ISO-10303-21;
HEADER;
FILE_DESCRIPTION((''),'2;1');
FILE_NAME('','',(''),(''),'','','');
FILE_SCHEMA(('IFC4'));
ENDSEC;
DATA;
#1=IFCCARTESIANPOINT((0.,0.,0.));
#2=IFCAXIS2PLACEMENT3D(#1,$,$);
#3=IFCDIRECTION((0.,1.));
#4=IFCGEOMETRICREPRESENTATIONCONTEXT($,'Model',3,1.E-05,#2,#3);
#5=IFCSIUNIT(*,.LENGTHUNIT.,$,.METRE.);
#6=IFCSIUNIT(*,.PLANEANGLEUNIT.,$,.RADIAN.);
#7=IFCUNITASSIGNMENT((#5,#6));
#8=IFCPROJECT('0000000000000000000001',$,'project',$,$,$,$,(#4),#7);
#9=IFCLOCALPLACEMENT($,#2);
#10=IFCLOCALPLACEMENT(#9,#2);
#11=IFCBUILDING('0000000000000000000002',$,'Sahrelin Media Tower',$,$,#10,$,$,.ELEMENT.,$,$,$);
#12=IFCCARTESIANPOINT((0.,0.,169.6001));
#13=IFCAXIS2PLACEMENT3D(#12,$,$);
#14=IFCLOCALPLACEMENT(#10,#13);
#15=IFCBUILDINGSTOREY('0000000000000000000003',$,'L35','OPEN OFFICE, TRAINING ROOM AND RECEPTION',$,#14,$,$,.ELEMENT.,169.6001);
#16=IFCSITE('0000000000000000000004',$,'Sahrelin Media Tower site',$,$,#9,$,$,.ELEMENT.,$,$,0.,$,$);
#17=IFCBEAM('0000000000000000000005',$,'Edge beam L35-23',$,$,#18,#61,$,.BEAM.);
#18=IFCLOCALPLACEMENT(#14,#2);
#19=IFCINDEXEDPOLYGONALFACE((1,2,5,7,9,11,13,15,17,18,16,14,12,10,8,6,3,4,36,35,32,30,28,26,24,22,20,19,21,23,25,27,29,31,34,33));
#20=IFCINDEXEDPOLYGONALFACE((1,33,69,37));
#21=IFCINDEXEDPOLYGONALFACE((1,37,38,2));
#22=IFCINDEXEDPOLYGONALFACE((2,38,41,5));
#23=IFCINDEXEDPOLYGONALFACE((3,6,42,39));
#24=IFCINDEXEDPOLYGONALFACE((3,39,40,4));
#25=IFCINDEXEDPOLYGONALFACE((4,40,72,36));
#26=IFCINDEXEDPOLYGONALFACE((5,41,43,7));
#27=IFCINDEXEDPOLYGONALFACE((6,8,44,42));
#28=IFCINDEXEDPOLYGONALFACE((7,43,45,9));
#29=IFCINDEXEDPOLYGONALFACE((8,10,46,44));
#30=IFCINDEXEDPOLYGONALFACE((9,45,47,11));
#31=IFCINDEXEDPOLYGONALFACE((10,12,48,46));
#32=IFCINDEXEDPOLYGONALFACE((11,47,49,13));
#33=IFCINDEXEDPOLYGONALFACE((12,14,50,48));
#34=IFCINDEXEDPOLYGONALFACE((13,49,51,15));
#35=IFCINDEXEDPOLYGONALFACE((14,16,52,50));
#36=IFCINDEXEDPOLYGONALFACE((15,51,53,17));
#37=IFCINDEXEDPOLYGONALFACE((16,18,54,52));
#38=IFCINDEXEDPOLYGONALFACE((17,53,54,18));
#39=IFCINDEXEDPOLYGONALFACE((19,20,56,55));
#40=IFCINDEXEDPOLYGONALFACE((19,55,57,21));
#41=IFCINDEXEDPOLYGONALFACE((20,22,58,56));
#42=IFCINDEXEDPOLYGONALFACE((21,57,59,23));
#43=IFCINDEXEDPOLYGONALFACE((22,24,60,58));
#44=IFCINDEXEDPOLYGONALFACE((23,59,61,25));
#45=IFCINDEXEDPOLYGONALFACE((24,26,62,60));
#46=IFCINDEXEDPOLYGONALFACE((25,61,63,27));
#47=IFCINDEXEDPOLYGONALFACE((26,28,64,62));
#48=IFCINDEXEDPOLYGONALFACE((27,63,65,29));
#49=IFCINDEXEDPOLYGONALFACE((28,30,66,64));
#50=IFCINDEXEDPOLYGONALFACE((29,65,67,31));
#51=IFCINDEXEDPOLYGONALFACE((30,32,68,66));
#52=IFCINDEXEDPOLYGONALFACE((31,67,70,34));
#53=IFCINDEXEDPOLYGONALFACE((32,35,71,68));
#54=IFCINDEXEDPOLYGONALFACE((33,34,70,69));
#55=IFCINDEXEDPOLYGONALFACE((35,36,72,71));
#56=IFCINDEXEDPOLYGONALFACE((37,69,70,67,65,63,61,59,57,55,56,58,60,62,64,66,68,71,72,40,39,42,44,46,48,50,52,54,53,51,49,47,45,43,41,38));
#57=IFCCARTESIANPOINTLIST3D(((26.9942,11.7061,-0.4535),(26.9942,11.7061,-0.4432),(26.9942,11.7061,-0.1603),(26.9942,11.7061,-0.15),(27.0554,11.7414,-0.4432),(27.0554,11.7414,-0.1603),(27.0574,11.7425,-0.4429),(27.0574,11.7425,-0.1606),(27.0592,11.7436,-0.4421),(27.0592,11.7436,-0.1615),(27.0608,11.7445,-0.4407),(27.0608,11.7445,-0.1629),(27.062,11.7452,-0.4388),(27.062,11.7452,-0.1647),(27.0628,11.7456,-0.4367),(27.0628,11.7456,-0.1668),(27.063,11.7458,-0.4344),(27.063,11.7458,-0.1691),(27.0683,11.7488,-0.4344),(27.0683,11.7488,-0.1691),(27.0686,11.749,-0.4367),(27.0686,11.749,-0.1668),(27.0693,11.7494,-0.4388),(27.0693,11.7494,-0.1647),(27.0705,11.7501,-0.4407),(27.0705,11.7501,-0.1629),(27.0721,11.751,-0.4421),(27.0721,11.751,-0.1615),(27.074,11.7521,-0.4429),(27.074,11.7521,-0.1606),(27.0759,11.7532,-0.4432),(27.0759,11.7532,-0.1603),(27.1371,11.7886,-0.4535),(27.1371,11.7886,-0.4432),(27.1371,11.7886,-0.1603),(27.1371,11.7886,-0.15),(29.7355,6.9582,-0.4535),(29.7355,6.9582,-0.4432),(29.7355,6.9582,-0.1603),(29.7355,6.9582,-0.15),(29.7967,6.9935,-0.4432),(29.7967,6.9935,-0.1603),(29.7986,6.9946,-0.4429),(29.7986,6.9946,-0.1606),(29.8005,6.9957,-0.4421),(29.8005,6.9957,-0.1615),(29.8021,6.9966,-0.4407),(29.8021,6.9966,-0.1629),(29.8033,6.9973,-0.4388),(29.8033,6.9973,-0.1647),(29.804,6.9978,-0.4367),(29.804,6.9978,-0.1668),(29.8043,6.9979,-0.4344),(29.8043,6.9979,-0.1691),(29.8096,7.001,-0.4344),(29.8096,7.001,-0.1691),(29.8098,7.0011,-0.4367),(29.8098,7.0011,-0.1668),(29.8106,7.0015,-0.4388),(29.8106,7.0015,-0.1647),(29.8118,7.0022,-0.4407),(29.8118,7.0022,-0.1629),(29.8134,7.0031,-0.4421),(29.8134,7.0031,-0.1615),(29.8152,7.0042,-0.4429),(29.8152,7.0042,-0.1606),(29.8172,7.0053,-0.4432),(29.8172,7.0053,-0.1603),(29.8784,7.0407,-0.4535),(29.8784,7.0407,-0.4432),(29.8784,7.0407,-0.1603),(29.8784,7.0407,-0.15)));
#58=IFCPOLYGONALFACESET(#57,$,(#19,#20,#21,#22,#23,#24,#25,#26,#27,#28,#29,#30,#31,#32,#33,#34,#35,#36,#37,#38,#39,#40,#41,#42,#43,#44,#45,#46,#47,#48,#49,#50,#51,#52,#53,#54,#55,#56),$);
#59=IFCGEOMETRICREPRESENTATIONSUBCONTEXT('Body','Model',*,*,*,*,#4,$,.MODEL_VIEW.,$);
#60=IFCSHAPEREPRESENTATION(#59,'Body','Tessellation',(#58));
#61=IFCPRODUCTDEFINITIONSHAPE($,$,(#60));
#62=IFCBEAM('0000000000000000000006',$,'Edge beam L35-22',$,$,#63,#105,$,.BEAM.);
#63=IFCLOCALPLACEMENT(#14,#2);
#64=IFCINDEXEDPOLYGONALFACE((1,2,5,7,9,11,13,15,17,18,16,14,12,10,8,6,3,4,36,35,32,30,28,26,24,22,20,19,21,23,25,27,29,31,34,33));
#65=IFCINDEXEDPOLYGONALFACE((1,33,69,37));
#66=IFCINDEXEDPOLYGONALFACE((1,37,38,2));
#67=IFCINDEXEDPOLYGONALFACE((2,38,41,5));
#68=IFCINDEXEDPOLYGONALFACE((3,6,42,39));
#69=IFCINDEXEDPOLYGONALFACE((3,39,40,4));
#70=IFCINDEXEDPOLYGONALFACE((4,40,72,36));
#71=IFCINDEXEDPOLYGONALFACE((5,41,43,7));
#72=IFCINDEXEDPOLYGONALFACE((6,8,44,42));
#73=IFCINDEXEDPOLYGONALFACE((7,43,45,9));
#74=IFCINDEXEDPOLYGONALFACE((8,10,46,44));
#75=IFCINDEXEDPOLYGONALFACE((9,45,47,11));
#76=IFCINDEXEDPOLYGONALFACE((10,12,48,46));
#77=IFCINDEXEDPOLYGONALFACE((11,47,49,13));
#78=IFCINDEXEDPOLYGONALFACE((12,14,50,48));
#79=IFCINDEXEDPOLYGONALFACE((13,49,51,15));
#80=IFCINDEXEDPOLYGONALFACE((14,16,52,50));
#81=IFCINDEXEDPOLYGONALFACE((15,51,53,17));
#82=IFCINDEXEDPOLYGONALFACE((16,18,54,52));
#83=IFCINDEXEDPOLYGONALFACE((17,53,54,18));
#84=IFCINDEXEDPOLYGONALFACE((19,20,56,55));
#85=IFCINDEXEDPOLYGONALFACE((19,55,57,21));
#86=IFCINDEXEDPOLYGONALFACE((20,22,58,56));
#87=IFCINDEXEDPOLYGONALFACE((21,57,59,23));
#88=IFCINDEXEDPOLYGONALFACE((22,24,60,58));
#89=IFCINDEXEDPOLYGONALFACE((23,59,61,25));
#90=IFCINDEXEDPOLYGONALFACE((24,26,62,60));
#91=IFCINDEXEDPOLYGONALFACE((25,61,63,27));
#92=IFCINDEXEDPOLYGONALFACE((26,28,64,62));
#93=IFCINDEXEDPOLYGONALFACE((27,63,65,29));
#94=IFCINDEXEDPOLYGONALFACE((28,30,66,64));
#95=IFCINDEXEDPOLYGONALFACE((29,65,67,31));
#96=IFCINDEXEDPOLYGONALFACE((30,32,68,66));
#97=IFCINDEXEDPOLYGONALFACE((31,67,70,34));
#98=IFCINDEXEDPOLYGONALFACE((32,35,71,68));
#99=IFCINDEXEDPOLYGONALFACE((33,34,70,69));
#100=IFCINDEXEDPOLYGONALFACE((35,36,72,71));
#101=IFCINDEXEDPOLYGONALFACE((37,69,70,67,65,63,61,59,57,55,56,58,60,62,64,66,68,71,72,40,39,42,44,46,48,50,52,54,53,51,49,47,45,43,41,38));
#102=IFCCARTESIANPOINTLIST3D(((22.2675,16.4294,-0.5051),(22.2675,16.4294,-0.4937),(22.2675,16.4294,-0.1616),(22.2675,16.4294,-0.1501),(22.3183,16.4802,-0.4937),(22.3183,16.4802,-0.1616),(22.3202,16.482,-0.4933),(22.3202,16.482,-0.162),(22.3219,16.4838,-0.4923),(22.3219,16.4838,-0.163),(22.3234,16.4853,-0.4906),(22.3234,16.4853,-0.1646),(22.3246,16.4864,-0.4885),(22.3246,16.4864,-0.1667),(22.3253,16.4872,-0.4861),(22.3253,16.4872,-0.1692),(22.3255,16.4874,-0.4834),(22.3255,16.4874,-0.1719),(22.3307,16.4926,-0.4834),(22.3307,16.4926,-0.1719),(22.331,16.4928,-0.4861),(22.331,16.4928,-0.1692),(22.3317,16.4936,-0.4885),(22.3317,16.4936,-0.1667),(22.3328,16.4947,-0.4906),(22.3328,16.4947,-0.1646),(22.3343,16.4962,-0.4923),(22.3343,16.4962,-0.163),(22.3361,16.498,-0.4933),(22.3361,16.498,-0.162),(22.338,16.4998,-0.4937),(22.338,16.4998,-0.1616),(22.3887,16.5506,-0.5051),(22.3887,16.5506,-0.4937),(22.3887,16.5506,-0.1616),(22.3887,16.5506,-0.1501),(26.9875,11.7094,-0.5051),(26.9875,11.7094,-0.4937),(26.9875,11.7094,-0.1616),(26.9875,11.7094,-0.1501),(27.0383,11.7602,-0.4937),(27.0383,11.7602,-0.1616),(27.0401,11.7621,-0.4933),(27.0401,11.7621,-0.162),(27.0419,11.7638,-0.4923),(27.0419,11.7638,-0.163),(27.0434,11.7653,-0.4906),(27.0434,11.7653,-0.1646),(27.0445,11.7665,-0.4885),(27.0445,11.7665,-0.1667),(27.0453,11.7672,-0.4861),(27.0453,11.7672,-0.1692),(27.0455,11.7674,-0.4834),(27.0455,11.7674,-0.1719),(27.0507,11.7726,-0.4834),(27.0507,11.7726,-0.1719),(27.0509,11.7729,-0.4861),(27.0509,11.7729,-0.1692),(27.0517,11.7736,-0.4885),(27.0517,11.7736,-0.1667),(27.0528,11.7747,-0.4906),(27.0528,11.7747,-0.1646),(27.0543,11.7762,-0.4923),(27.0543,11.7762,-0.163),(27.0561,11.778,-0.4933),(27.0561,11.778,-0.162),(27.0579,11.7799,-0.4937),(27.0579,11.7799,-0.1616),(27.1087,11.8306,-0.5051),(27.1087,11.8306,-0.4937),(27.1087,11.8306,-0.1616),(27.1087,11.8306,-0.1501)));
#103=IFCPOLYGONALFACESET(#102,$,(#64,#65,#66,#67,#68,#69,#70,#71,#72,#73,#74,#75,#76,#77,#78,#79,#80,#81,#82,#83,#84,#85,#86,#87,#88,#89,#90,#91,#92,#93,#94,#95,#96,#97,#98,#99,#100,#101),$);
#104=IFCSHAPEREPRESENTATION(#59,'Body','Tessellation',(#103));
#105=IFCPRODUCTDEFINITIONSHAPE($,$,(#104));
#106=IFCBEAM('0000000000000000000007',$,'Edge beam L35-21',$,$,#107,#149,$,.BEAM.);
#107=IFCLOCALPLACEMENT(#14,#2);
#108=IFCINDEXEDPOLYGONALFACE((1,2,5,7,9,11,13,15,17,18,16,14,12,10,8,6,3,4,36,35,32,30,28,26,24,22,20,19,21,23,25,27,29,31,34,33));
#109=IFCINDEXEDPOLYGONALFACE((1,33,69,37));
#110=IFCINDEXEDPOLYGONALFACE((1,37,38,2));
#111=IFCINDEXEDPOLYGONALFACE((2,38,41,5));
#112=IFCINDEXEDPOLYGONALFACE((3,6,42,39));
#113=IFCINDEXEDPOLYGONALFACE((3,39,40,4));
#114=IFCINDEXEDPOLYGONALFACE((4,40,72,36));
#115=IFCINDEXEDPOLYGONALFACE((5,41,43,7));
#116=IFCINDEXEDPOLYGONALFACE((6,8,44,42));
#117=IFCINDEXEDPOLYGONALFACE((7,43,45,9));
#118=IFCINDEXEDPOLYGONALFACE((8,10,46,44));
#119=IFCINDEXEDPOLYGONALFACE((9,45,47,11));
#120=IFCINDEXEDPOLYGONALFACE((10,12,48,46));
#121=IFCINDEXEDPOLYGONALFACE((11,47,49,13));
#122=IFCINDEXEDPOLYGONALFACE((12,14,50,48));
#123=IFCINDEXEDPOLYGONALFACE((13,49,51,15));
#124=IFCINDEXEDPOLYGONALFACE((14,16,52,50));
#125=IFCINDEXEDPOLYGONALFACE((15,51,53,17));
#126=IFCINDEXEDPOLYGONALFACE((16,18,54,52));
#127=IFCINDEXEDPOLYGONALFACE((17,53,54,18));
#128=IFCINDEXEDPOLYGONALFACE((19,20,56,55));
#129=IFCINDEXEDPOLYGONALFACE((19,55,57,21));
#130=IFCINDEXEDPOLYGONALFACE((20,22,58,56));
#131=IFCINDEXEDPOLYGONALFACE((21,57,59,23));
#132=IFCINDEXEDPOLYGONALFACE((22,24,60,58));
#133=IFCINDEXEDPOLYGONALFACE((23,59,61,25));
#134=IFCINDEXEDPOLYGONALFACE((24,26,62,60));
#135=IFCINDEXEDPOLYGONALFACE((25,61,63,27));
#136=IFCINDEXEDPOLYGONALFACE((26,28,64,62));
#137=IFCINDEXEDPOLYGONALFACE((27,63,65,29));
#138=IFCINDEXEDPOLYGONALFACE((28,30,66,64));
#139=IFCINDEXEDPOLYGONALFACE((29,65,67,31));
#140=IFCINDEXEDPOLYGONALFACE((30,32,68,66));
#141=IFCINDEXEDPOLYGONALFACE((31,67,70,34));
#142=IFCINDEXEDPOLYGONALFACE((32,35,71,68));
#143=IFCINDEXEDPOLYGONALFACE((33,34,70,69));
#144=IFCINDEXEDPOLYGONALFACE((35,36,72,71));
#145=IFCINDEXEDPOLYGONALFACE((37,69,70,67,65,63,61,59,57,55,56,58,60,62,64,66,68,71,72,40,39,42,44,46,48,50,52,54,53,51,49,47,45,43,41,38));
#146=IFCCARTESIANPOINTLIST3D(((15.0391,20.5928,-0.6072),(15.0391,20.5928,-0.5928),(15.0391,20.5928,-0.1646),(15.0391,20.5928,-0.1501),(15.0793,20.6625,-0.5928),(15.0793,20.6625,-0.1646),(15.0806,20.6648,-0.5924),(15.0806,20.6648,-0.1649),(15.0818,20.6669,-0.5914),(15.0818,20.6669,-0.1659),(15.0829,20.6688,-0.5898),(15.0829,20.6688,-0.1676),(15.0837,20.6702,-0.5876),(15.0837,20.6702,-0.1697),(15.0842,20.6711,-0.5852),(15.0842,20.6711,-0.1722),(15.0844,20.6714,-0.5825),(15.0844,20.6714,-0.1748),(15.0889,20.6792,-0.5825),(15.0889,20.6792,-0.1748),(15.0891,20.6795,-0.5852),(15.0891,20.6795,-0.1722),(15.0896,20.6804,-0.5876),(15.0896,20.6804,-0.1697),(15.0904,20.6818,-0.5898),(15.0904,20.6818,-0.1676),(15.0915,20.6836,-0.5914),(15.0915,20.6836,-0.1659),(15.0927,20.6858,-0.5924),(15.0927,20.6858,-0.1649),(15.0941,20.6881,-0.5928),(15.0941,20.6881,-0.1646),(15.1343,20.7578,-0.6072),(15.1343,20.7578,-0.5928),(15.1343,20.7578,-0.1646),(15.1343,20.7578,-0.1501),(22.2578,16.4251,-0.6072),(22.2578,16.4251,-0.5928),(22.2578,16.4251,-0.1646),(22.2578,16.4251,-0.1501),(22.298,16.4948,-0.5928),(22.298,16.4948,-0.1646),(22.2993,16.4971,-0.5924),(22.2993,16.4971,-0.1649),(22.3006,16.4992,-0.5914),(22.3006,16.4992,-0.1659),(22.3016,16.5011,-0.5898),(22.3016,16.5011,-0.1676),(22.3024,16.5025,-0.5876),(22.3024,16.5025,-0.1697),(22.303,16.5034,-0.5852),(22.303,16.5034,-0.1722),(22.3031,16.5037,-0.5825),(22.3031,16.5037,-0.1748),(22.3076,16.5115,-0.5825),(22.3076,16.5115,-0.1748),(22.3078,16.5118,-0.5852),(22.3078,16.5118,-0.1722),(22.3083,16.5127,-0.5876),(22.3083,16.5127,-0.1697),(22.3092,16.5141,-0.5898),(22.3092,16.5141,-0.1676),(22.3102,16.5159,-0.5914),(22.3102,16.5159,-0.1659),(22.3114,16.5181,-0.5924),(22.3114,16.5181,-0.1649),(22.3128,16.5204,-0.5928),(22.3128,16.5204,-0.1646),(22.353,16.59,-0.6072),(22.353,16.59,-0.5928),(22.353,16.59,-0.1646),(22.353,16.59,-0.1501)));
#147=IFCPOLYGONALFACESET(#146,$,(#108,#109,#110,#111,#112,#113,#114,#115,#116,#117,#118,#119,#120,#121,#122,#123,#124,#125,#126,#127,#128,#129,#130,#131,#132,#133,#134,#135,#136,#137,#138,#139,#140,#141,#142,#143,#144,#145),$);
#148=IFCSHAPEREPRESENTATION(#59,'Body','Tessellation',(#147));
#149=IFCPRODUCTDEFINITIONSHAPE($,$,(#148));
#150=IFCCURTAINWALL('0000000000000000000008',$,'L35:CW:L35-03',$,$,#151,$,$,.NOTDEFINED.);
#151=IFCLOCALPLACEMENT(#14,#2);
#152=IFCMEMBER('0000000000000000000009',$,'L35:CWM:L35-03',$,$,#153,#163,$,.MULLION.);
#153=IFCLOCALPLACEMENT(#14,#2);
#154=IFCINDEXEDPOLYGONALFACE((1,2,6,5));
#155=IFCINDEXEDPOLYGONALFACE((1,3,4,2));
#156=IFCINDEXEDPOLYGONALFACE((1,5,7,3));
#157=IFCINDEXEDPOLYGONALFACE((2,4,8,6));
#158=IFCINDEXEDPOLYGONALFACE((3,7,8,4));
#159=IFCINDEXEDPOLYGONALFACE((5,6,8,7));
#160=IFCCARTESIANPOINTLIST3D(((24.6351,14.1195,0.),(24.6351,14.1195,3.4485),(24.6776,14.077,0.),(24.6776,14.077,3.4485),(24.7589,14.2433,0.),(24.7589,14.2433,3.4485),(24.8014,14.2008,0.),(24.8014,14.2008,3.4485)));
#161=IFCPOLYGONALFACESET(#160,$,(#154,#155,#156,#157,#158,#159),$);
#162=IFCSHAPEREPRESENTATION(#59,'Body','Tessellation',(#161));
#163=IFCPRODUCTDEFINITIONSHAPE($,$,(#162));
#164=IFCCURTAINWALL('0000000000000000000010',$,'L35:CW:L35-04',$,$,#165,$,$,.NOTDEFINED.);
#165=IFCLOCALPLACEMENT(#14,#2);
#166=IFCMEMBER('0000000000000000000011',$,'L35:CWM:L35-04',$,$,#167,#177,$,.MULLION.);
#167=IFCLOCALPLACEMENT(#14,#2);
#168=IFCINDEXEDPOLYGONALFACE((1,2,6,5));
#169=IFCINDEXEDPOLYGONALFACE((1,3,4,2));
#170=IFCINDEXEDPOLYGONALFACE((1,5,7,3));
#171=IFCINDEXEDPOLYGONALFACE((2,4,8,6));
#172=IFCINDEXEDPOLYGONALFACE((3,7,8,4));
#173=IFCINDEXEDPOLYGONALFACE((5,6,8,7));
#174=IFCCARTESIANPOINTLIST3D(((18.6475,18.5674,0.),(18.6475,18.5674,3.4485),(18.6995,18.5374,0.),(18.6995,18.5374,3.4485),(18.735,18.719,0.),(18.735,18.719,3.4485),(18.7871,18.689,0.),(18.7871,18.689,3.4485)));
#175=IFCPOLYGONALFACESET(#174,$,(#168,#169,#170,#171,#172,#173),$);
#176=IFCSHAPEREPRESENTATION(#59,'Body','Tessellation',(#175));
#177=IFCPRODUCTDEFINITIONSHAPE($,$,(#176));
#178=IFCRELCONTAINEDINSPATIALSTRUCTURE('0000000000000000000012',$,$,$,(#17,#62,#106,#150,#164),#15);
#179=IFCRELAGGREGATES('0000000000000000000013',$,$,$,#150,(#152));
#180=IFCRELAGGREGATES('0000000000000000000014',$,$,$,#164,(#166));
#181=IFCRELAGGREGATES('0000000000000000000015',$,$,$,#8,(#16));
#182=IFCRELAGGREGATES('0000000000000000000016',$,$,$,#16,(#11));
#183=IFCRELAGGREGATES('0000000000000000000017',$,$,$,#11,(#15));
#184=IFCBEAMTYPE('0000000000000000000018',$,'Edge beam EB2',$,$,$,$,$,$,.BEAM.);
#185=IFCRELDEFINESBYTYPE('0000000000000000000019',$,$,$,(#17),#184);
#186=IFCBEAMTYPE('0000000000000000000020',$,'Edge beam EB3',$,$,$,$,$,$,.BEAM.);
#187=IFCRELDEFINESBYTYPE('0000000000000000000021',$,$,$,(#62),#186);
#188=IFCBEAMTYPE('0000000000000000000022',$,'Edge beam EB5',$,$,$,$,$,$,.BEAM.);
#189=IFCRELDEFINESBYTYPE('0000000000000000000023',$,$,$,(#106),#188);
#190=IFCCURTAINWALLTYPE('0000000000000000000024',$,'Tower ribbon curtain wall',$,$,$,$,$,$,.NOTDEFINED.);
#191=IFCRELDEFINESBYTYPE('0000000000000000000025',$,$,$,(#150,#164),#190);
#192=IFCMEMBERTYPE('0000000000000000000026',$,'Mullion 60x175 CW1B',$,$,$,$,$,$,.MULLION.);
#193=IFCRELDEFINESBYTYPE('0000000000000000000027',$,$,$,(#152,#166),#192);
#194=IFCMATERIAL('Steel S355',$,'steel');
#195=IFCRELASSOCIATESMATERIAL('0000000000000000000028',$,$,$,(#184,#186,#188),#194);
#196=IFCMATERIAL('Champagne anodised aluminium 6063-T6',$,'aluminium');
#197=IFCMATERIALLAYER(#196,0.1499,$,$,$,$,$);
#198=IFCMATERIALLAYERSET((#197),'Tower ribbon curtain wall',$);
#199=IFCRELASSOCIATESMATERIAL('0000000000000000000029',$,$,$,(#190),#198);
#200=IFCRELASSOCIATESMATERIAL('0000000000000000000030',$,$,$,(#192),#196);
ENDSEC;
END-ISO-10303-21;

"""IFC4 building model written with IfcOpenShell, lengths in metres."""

from ifc_helpers import new_model, si_unit, direction, frame, origin, origin_2d, place, context, subcontext, project, spatial, rectangle, i_section, extrude, material, layer, layer_set, material_profile, profile_set, type_object, element, aggregate, save


model = new_model("IFC4")

# Units and contexts
model_context = context("Model", 3, precision=1e-05, world=origin(), true_north=direction((0.0, 1.0)))
body_context = subcontext(model_context, "Body", "Model", "MODEL_VIEW")
ifc_project = project(units=[si_unit("LENGTHUNIT", "METRE"), si_unit("PLANEANGLEUNIT", "RADIAN")], contexts=[model_context])

# Site, building, storey
site_placement = place(None, origin())
site = spatial("IfcSite", under=ifc_project, at=site_placement, Name="Sahrelin Media Tower site", CompositionType="ELEMENT", RefElevation=0.0)
building_placement = place(site_placement, origin())
building = spatial("IfcBuilding", under=site, at=building_placement, Name="Sahrelin Media Tower", CompositionType="ELEMENT")
storey_placement = place(building_placement, frame((0.0, 0.0, 169.6001)))
storey = spatial("IfcBuildingStorey", under=building, at=storey_placement, Name="L35", Description="OPEN OFFICE, TRAINING ROOM AND RECEPTION", CompositionType="ELEMENT", Elevation=169.6001)

# Beams
ifc_material_1 = material(Name="Steel S355", Category="steel")
ifc_material_profile_1 = material_profile(ifc_material_1, i_section(OverallWidth=0.165, OverallDepth=0.3035, WebThickness=0.0061, FlangeThickness=0.0103, FilletRadius=0.0088, at=origin_2d()), Name="UB 305x165x40")
ifc_profile_set_1 = profile_set([ifc_material_profile_1], Name="Steel S355")
beam_type_1 = type_object("IfcBeamType", Name="Edge beam EB2", PredefinedType="BEAM", material=ifc_profile_set_1)
beam_1_placement = place(storey_placement, frame((27.0657, 11.7473, -0.3018), z_axis=(0.500009, -0.86602, 0.0), x_axis=(0.86602, 0.500009, 0.0)))
element("IfcBeam", 1, at=beam_1_placement, inside=storey, type_object=beam_type_1, Name="Edge beam L35-23", PredefinedType="BEAM", context=body_context, shape_type="SweptSolid", body=[
    extrude(i_section(OverallWidth=0.165, OverallDepth=0.3035, WebThickness=0.0061, FlangeThickness=0.0103, FilletRadius=0.0088, at=origin_2d()), origin(), (0.0, 0.0, 1.0), 5.4824),
])
ifc_material_profile_2 = material_profile(ifc_material_1, i_section(OverallWidth=0.1714, OverallDepth=0.355, WebThickness=0.0073, FlangeThickness=0.0115, FilletRadius=0.0103, at=origin_2d()), Name="UB 356x171x51")
ifc_profile_set_2 = profile_set([ifc_material_profile_2], Name="Steel S355")
beam_type_2 = type_object("IfcBeamType", Name="Edge beam EB3", PredefinedType="BEAM", material=ifc_profile_set_2)
beam_2_placement = place(storey_placement, frame((22.3281, 16.49, -0.3276), z_axis=(0.707107, -0.707107, 0.0), x_axis=(0.707107, 0.707107, 0.0)))
element("IfcBeam", 2, at=beam_2_placement, inside=storey, type_object=beam_type_2, Name="Edge beam L35-22", PredefinedType="BEAM", context=body_context, shape_type="SweptSolid", body=[
    extrude(i_section(OverallWidth=0.1714, OverallDepth=0.355, WebThickness=0.0073, FlangeThickness=0.0115, FilletRadius=0.0103, at=origin_2d()), origin(), (0.0, 0.0, 1.0), 6.675),
])
ifc_material_profile_3 = material_profile(ifc_material_1, i_section(OverallWidth=0.1904, OverallDepth=0.457, WebThickness=0.009, FlangeThickness=0.0144, FilletRadius=0.0103, at=origin_2d()), Name="UB 457x191x74")
ifc_profile_set_3 = profile_set([ifc_material_profile_3], Name="Steel S355")
beam_type_3 = type_object("IfcBeamType", Name="Edge beam EB5", PredefinedType="BEAM", material=ifc_profile_set_3)
beam_3_placement = place(storey_placement, frame((15.0867, 20.6753, -0.3787), z_axis=(0.866027, -0.499998, 0.0), x_axis=(0.499998, 0.866027, 0.0)))
element("IfcBeam", 3, at=beam_3_placement, inside=storey, type_object=beam_type_3, Name="Edge beam L35-21", PredefinedType="BEAM", context=body_context, shape_type="SweptSolid", body=[
    extrude(i_section(OverallWidth=0.1904, OverallDepth=0.457, WebThickness=0.009, FlangeThickness=0.0144, FilletRadius=0.0103, at=origin_2d()), origin(), (0.0, 0.0, 1.0), 8.3354),
])

# Curtain walls, members
ifc_material_2 = material(Name="Champagne anodised aluminium 6063-T6", Category="aluminium")
ifc_layer_1 = layer(ifc_material_2, 0.1499)
ifc_layer_set_1 = layer_set([ifc_layer_1], Name="Tower ribbon curtain wall")
curtain_wall_type = type_object("IfcCurtainWallType", Name="Tower ribbon curtain wall", PredefinedType="NOTDEFINED", material=ifc_layer_set_1)
curtain_wall_1_placement = place(storey_placement, frame((24.7942, 14.2361, 0.0), z_axis=(0.0, 0.0, 1.0), x_axis=(1.0, 0.0, 0.0)))
curtain_wall_1 = element("IfcCurtainWall", 4, at=curtain_wall_1_placement, inside=storey, type_object=curtain_wall_type, Name="L35:CW:L35-03", PredefinedType="NOTDEFINED")
ifc_material_profile_4 = material_profile(ifc_material_2, rectangle(XDim=0.0601, YDim=0.175, at=origin_2d()), Name="Mullion 60x175")
ifc_profile_set_4 = profile_set([ifc_material_profile_4], Name="Champagne anodised aluminium 6063-T6")
member_type_1 = type_object("IfcMemberType", Name="Mullion 60x175 CW1B", PredefinedType="MULLION", material=ifc_profile_set_4)
member_1_placement = place(storey_placement, frame((24.7183, 14.1602, 0.0), z_axis=(0.0, 0.0, 1.0), x_axis=(-0.707107, 0.707107, 0.0)))
member_1 = element("IfcMember", 5, at=member_1_placement, type_object=member_type_1, Name="L35:CWM:L35-03", PredefinedType="MULLION", context=body_context, shape_type="SweptSolid", body=[
    extrude(rectangle(XDim=0.0601, YDim=0.175, at=origin_2d()), origin(), (0.0, 0.0, 1.0), 3.4485),
])
curtain_wall_2_placement = place(storey_placement, frame((18.771, 18.7212, 0.0), z_axis=(0.0, 0.0, 1.0), x_axis=(1.0, 0.0, 0.0)))
curtain_wall_2 = element("IfcCurtainWall", 6, at=curtain_wall_2_placement, inside=storey, type_object=curtain_wall_type, Name="L35:CW:L35-04", PredefinedType="NOTDEFINED")
member_2_placement = place(storey_placement, frame((18.7173, 18.6282, 0.0), z_axis=(0.0, 0.0, 1.0), x_axis=(-0.866028, 0.499995, 0.0)))
member_2 = element("IfcMember", 7, at=member_2_placement, type_object=member_type_1, Name="L35:CWM:L35-04", PredefinedType="MULLION", context=body_context, shape_type="SweptSolid", body=[
    extrude(rectangle(XDim=0.0601, YDim=0.175, at=origin_2d()), origin(), (0.0, 0.0, 1.0), 3.4485),
])

aggregate(curtain_wall_1, [member_1])
aggregate(curtain_wall_2, [member_2])

save(model, "model.ifc")
